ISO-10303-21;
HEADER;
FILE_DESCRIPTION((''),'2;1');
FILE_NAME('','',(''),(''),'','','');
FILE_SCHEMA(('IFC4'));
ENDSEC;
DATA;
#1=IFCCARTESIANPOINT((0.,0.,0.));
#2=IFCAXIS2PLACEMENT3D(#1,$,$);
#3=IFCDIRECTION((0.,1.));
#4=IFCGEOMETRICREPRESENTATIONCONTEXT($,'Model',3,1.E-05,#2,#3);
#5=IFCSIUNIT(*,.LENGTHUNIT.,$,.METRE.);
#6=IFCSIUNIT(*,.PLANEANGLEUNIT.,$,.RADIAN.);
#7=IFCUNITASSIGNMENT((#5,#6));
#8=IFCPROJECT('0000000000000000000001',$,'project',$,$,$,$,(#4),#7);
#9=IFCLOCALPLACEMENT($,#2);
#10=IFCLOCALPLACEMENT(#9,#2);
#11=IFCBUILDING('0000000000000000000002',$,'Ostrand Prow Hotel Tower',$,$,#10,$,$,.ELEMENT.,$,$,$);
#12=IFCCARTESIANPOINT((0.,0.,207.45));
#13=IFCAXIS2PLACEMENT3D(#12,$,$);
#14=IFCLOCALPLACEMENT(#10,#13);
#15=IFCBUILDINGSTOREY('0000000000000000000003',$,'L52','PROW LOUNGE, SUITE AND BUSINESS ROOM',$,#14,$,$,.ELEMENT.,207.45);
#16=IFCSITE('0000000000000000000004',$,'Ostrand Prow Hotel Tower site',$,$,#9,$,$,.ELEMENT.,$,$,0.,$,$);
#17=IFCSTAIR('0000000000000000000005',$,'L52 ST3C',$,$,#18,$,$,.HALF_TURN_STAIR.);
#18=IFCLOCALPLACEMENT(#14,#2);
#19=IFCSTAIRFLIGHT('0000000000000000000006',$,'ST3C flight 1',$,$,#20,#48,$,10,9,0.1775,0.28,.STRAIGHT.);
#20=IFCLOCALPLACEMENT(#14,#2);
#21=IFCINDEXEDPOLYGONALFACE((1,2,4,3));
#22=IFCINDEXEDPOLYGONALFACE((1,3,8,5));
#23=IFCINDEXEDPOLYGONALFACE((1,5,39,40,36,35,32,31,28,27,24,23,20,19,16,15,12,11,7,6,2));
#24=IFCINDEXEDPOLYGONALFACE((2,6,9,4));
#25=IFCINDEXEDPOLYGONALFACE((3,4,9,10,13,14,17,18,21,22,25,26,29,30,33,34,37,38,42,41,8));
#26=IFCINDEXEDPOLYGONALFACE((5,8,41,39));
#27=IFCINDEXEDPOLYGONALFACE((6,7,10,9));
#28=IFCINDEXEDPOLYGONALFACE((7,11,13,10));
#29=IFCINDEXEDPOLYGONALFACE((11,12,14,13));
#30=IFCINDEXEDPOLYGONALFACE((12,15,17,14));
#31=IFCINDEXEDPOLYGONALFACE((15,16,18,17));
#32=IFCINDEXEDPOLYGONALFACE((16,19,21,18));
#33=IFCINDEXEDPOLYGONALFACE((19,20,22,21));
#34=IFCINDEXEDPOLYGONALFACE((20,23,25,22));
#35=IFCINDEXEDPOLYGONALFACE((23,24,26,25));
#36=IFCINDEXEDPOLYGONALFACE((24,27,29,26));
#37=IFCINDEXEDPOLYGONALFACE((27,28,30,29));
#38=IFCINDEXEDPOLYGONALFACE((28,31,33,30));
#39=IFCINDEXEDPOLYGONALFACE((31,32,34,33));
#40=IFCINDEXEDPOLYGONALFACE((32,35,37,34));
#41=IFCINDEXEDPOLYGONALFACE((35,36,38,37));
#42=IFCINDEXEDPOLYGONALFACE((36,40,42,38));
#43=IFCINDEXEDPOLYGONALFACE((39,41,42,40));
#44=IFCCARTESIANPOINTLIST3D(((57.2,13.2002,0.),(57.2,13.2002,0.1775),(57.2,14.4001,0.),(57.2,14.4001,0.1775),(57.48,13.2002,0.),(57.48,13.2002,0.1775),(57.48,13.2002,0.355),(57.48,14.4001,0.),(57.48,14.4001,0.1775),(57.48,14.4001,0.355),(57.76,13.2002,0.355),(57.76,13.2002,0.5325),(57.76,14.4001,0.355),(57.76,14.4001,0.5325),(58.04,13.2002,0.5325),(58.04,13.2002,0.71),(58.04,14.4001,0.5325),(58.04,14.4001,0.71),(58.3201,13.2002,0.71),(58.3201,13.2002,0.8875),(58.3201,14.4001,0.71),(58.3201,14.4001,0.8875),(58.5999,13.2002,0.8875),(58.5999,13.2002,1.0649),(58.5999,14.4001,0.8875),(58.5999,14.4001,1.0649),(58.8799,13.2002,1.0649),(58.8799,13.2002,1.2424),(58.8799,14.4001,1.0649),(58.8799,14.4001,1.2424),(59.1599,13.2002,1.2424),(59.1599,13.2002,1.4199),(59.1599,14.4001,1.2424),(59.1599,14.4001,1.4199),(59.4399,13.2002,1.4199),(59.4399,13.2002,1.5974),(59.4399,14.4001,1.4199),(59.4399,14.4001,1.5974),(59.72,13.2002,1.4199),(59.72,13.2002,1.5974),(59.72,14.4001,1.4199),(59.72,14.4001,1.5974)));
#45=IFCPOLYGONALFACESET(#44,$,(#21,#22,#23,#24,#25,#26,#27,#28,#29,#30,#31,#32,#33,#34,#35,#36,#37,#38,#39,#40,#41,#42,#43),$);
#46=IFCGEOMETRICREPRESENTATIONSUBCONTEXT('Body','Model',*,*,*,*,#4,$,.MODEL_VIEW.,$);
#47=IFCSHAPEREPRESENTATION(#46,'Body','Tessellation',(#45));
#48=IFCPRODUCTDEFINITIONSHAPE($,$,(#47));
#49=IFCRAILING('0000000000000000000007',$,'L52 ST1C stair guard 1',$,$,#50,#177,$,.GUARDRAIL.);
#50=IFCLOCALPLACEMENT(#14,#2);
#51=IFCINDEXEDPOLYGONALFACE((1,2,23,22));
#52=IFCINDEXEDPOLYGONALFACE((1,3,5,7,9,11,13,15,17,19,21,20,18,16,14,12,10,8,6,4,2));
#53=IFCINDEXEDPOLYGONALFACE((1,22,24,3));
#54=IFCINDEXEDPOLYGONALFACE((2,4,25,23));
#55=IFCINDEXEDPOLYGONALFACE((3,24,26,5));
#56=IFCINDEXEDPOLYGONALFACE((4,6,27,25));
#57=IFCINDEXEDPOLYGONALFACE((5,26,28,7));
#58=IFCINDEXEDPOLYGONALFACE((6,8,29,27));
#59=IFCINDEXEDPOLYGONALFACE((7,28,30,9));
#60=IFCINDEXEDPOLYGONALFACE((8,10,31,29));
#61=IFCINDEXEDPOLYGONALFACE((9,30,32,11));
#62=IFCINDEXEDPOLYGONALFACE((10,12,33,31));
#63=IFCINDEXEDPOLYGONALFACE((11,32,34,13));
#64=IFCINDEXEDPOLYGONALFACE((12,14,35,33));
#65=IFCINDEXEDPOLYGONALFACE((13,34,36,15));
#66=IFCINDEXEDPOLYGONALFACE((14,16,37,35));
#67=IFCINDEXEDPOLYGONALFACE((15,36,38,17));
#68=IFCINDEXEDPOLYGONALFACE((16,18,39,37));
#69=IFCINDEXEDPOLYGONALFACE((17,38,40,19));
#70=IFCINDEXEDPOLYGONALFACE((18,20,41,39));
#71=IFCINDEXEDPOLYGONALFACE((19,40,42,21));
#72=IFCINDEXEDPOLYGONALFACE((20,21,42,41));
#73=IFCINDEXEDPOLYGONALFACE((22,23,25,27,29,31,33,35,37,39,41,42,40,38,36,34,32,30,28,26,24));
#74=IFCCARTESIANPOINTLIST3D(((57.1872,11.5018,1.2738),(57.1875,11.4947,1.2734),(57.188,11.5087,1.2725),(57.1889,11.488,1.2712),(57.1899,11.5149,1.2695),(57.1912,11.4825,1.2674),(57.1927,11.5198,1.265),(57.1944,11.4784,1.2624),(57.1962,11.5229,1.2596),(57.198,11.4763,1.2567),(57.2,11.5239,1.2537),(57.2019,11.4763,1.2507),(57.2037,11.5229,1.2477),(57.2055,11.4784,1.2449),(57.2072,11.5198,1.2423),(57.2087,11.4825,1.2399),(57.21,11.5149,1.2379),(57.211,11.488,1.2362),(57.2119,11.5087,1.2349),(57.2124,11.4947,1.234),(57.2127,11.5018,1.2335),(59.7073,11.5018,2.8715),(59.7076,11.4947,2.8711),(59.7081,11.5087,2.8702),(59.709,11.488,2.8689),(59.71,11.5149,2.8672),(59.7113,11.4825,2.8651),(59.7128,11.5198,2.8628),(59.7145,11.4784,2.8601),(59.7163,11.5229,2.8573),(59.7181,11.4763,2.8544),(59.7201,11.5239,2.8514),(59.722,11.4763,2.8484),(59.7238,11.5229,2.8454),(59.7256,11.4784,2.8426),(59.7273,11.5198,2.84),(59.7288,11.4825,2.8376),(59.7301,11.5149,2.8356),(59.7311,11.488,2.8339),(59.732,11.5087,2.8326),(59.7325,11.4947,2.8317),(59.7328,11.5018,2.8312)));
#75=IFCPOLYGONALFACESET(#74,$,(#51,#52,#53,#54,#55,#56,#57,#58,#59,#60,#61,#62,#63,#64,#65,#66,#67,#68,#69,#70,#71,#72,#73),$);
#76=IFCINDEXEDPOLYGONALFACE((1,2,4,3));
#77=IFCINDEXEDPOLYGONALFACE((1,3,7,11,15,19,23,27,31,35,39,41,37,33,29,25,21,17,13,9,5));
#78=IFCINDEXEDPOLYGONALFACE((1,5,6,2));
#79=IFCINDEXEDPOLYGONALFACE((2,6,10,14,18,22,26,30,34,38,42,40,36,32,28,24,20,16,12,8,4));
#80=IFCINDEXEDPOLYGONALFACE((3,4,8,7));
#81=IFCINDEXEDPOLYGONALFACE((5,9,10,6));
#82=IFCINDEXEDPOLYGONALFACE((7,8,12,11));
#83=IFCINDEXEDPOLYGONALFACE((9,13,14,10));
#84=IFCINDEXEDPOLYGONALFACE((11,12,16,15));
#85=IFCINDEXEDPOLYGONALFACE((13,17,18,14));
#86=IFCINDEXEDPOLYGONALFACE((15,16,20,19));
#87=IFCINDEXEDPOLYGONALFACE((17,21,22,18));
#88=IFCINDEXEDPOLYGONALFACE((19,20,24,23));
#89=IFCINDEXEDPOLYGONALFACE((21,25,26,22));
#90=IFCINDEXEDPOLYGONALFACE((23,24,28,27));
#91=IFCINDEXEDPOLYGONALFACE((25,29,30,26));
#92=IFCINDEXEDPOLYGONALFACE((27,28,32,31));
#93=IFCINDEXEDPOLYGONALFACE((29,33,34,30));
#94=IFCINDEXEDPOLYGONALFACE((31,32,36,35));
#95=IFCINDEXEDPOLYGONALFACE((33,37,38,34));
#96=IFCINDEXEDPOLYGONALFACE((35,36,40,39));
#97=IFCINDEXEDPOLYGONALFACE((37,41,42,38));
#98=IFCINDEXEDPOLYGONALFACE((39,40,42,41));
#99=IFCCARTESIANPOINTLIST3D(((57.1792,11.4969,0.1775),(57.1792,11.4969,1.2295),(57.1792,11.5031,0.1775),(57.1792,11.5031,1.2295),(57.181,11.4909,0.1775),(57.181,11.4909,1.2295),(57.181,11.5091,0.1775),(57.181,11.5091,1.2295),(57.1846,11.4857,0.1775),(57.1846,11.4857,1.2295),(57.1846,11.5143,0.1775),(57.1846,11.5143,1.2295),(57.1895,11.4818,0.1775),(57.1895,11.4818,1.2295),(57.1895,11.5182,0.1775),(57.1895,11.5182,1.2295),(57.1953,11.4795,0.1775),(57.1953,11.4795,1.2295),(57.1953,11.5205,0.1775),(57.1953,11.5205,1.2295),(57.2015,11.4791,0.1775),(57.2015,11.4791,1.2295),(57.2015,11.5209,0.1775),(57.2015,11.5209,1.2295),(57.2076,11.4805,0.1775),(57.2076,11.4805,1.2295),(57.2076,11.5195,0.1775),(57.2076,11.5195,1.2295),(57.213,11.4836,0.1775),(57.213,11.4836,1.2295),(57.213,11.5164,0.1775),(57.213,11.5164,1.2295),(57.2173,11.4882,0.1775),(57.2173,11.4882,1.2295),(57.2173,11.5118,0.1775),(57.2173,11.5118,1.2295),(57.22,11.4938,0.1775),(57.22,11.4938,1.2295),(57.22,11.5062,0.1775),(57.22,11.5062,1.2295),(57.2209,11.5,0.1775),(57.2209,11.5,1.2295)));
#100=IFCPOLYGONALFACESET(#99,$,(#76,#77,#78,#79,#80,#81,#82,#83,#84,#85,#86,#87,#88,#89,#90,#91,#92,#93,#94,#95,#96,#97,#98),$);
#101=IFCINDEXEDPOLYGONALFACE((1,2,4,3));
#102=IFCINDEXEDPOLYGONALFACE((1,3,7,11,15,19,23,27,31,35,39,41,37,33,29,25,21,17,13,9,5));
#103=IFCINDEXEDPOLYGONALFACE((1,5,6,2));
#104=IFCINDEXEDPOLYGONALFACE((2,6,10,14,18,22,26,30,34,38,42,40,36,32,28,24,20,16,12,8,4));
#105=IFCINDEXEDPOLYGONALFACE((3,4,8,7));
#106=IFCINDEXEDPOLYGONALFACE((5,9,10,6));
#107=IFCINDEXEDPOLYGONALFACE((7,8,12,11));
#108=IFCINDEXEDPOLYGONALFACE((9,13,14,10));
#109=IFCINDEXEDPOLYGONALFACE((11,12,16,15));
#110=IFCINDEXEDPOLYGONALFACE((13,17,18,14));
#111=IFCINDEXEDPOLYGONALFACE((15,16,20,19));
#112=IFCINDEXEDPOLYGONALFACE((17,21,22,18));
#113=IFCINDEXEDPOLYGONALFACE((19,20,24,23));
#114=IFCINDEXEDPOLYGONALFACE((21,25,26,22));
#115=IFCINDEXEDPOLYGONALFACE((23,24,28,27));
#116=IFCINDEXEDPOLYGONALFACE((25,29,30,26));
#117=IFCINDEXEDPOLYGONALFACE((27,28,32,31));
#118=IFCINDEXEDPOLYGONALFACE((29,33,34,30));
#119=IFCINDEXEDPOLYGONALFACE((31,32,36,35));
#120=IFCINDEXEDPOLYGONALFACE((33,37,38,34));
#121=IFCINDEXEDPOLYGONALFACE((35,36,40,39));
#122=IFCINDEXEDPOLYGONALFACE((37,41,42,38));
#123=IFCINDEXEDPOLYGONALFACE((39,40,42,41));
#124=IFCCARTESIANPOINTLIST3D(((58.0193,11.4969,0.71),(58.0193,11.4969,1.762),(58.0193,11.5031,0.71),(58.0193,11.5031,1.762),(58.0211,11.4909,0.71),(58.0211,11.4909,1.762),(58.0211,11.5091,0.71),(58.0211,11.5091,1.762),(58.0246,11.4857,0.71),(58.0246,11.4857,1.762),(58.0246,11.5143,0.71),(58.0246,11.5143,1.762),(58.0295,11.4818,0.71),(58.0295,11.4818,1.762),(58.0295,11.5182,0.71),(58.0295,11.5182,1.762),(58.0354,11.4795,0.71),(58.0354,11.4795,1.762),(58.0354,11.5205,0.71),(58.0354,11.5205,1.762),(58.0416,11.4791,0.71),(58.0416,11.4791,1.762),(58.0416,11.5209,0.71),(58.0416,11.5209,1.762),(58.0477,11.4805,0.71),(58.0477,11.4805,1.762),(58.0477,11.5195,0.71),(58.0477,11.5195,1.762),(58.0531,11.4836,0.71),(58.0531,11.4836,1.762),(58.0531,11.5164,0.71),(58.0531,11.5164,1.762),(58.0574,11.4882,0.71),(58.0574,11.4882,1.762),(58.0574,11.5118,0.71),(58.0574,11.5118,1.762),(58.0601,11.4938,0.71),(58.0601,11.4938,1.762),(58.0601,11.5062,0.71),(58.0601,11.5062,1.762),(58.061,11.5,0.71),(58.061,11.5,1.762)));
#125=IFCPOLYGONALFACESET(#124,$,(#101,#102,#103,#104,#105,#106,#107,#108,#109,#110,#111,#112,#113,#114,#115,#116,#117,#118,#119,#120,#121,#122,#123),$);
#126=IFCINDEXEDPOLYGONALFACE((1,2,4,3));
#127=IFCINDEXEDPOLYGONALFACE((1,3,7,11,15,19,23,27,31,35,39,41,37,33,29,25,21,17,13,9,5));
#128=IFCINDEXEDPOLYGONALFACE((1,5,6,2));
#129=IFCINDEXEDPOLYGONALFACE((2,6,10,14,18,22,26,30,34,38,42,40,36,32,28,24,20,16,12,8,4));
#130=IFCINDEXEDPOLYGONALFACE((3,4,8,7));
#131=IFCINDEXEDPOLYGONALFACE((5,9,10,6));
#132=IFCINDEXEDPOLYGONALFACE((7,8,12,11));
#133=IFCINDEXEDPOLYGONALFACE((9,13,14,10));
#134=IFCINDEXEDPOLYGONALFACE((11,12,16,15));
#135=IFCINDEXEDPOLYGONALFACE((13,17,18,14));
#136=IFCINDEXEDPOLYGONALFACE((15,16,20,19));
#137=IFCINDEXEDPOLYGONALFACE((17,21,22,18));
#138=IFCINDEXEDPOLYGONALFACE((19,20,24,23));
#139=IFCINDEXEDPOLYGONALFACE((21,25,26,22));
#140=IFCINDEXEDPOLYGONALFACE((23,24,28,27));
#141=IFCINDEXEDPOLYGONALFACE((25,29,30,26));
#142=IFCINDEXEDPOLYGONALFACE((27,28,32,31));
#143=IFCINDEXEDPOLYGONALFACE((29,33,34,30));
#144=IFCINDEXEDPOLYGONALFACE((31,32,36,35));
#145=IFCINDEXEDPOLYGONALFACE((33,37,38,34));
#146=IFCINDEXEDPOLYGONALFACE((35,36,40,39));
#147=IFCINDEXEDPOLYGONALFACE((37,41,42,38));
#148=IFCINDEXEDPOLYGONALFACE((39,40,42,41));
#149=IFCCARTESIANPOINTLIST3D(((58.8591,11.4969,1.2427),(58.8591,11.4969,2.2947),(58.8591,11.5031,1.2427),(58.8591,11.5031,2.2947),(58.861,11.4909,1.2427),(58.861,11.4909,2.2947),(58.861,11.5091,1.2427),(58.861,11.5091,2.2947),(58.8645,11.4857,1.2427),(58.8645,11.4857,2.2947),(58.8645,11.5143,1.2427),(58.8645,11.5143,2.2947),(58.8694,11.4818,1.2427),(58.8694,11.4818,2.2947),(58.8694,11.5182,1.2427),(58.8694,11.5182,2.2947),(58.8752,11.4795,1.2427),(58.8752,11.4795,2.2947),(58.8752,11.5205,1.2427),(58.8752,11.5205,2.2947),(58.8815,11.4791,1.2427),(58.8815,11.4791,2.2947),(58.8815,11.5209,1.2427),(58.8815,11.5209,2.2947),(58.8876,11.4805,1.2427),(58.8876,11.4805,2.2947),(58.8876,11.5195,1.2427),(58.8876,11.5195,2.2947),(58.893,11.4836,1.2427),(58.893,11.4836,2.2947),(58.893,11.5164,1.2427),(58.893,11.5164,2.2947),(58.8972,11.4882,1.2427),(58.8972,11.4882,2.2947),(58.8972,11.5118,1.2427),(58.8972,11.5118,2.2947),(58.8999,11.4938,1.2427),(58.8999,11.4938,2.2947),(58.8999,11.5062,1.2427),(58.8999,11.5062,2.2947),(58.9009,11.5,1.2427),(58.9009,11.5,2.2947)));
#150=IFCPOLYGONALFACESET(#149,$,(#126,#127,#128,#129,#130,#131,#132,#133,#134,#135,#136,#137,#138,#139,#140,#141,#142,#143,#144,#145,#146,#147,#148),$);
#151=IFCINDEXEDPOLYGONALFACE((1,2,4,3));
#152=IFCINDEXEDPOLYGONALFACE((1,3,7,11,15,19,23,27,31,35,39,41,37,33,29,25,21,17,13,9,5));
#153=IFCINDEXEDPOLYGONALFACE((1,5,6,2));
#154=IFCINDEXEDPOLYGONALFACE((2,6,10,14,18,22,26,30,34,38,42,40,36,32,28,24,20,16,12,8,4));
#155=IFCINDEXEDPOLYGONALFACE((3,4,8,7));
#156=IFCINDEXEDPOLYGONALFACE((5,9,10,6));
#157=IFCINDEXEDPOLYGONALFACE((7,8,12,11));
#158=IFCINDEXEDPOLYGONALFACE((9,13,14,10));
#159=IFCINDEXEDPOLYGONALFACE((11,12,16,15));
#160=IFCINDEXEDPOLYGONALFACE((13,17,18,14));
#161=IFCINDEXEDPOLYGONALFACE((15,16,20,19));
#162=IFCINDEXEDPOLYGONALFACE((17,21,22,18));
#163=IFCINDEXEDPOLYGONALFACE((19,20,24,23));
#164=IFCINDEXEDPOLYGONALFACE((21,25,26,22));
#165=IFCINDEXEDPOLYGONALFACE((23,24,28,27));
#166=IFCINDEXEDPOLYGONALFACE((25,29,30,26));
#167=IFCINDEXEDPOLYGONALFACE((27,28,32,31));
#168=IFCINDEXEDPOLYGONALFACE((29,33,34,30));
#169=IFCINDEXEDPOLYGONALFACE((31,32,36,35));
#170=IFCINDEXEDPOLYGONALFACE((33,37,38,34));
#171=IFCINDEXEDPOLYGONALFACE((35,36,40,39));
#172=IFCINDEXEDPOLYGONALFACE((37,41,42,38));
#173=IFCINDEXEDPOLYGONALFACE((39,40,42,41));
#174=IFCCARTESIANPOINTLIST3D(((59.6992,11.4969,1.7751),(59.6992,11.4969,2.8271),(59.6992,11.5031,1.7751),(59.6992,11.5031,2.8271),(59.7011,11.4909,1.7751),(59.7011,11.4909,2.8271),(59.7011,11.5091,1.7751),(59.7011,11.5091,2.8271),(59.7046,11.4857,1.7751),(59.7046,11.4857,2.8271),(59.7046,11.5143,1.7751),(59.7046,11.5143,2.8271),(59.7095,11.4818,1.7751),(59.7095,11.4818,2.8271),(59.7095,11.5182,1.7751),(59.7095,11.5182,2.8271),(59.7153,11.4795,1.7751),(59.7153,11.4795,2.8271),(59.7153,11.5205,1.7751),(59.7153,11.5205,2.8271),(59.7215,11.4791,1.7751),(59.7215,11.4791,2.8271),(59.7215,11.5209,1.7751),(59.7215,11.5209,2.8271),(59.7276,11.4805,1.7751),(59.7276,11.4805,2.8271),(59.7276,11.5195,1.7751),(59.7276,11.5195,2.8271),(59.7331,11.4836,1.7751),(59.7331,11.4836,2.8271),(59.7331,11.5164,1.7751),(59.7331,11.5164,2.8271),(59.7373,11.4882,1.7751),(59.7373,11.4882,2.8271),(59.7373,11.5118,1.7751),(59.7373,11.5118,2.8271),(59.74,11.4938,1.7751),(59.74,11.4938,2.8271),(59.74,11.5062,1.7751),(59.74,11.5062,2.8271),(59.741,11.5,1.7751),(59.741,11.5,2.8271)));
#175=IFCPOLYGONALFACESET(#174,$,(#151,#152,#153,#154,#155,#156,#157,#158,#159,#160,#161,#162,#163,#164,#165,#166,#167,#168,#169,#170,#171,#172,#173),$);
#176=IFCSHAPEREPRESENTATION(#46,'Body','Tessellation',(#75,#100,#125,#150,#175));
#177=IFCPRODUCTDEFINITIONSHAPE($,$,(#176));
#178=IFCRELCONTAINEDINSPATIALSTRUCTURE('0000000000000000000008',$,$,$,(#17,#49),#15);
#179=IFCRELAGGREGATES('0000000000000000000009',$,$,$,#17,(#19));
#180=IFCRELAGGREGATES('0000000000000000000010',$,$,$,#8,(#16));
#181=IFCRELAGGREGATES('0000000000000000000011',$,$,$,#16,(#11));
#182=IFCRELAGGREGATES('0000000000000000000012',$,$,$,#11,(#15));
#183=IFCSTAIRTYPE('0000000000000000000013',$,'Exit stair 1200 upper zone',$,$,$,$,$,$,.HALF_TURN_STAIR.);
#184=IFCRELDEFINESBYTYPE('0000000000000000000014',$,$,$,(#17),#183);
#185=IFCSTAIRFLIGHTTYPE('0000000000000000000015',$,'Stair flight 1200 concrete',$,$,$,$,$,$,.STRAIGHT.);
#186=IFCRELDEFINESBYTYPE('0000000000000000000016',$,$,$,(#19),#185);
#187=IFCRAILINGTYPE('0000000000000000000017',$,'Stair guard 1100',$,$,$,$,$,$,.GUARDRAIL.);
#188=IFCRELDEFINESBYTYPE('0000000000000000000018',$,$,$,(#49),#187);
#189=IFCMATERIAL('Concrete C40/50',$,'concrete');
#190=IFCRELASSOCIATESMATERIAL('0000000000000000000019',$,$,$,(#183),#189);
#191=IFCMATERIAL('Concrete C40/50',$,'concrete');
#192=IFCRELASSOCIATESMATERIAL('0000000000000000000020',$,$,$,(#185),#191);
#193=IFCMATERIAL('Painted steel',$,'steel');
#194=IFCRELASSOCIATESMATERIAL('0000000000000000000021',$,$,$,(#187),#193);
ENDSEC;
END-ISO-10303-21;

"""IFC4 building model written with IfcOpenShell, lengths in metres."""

from ifc_helpers import new_model, si_unit, direction, frame, origin, origin_2d, place, context, subcontext, project, spatial, polyline, circle, outline, extrude, material, type_object, element, aggregate, save


model = new_model("IFC4")

# Units and contexts
model_context = context("Model", 3, precision=1e-05, world=origin(), true_north=direction((0.0, 1.0)))
body_context = subcontext(model_context, "Body", "Model", "MODEL_VIEW")
ifc_project = project(units=[si_unit("LENGTHUNIT", "METRE"), si_unit("PLANEANGLEUNIT", "RADIAN")], contexts=[model_context])

# Site, building, storey
site_placement = place(None, origin())
site = spatial("IfcSite", under=ifc_project, at=site_placement, Name="Ostrand Prow Hotel Tower site", CompositionType="ELEMENT", RefElevation=0.0)
building_placement = place(site_placement, origin())
building = spatial("IfcBuilding", under=site, at=building_placement, Name="Ostrand Prow Hotel Tower", CompositionType="ELEMENT")
storey_placement = place(building_placement, frame((0.0, 0.0, 207.45)))
storey = spatial("IfcBuildingStorey", under=building, at=storey_placement, Name="L52", Description="PROW LOUNGE, SUITE AND BUSINESS ROOM", CompositionType="ELEMENT", Elevation=207.45)

# Shared definitions
ifc_material_1 = material(Name="Concrete C40/50", Category="concrete")
stair_type = type_object("IfcStairType", Name="Exit stair 1200 upper zone", PredefinedType="HALF_TURN_STAIR", material=ifc_material_1)
ifc_material_2 = material(Name="Concrete C40/50", Category="concrete")
stair_flight_type = type_object("IfcStairFlightType", Name="Stair flight 1200 concrete", PredefinedType="STRAIGHT", material=ifc_material_2)

# Stair, stair flight
stair_1_placement = place(storey_placement, origin())
stair_1 = element("IfcStair", 1, at=stair_1_placement, inside=storey, type_object=stair_type, Name="L52 ST3C", PredefinedType="HALF_TURN_STAIR")
stair_flight_1_placement = place(storey_placement, frame((57.2, 13.8, 0.0), z_axis=(0.0, 0.0, 1.0), x_axis=(1.0, 0.0, 0.0)))
stair_flight_1 = element("IfcStairFlight", 2, at=stair_flight_1_placement, type_object=stair_flight_type, Name="ST3C flight 1", NumberOfRisers=10, NumberOfTreads=9, PredefinedType="STRAIGHT", RiserHeight=0.1775, TreadLength=0.28, context=body_context, shape_type="SweptSolid", body=[
    extrude(outline(polyline([(0.0, 0.0), (0.0, 0.1775), (0.28, 0.1775), (0.28, 0.355), (0.5601, 0.355), (0.5601, 0.5325), (0.8401, 0.5325), (0.8401, 0.71), (1.1201, 0.71), (1.1201, 0.8875), (1.3999, 0.8875), (1.3999, 1.0649), (1.6799, 1.0649), (1.6799, 1.2424), (1.96, 1.2424), (1.96, 1.4199), (2.24, 1.4199), (2.24, 1.5974), (2.52, 1.5974), (2.52, 1.7749), (2.52, 1.4199), (0.28, 0.0), (0.0, 0.0)])), frame((0.0, 0.6001, 0.0), z_axis=(0.0, -1.0, 0.0), x_axis=(1.0, 0.0, 0.0)), (0.0, 0.0, 1.0), 1.2),
])
aggregate(stair_1, [stair_flight_1])

# Railing
ifc_material_3 = material(Name="Painted steel", Category="steel")
railing_type_1 = type_object("IfcRailingType", Name="Stair guard 1100", PredefinedType="GUARDRAIL", material=ifc_material_3)
railing_1_placement = place(storey_placement, frame((57.2, 11.5, 0.1775)))
element("IfcRailing", 3, at=railing_1_placement, inside=storey, type_object=railing_type_1, Name="L52 ST1C stair guard 1", PredefinedType="GUARDRAIL", context=body_context, shape_type="SweptSolid", body=[
    extrude(circle(Radius=0.0239, at=origin_2d()), frame((0.0, 0.0, 1.0762), z_axis=(0.84457, 0.0, 0.535445), x_axis=(0.0, 1.0, 0.0)), (0.0, 0.0, 1.0), 2.9839),
    extrude(circle(Radius=0.021, at=origin_2d()), origin(), (0.0, 0.0, 1.0), 1.052),
    extrude(circle(Radius=0.021, at=origin_2d()), frame((0.8401, 0.0, 0.5325)), (0.0, 0.0, 1.0), 1.052),
    extrude(circle(Radius=0.021, at=origin_2d()), frame((1.6799, 0.0, 1.0652)), (0.0, 0.0, 1.0), 1.052),
    extrude(circle(Radius=0.021, at=origin_2d()), frame((2.52, 0.0, 1.5977)), (0.0, 0.0, 1.0), 1.052),
])

save(model, "model.ifc")
